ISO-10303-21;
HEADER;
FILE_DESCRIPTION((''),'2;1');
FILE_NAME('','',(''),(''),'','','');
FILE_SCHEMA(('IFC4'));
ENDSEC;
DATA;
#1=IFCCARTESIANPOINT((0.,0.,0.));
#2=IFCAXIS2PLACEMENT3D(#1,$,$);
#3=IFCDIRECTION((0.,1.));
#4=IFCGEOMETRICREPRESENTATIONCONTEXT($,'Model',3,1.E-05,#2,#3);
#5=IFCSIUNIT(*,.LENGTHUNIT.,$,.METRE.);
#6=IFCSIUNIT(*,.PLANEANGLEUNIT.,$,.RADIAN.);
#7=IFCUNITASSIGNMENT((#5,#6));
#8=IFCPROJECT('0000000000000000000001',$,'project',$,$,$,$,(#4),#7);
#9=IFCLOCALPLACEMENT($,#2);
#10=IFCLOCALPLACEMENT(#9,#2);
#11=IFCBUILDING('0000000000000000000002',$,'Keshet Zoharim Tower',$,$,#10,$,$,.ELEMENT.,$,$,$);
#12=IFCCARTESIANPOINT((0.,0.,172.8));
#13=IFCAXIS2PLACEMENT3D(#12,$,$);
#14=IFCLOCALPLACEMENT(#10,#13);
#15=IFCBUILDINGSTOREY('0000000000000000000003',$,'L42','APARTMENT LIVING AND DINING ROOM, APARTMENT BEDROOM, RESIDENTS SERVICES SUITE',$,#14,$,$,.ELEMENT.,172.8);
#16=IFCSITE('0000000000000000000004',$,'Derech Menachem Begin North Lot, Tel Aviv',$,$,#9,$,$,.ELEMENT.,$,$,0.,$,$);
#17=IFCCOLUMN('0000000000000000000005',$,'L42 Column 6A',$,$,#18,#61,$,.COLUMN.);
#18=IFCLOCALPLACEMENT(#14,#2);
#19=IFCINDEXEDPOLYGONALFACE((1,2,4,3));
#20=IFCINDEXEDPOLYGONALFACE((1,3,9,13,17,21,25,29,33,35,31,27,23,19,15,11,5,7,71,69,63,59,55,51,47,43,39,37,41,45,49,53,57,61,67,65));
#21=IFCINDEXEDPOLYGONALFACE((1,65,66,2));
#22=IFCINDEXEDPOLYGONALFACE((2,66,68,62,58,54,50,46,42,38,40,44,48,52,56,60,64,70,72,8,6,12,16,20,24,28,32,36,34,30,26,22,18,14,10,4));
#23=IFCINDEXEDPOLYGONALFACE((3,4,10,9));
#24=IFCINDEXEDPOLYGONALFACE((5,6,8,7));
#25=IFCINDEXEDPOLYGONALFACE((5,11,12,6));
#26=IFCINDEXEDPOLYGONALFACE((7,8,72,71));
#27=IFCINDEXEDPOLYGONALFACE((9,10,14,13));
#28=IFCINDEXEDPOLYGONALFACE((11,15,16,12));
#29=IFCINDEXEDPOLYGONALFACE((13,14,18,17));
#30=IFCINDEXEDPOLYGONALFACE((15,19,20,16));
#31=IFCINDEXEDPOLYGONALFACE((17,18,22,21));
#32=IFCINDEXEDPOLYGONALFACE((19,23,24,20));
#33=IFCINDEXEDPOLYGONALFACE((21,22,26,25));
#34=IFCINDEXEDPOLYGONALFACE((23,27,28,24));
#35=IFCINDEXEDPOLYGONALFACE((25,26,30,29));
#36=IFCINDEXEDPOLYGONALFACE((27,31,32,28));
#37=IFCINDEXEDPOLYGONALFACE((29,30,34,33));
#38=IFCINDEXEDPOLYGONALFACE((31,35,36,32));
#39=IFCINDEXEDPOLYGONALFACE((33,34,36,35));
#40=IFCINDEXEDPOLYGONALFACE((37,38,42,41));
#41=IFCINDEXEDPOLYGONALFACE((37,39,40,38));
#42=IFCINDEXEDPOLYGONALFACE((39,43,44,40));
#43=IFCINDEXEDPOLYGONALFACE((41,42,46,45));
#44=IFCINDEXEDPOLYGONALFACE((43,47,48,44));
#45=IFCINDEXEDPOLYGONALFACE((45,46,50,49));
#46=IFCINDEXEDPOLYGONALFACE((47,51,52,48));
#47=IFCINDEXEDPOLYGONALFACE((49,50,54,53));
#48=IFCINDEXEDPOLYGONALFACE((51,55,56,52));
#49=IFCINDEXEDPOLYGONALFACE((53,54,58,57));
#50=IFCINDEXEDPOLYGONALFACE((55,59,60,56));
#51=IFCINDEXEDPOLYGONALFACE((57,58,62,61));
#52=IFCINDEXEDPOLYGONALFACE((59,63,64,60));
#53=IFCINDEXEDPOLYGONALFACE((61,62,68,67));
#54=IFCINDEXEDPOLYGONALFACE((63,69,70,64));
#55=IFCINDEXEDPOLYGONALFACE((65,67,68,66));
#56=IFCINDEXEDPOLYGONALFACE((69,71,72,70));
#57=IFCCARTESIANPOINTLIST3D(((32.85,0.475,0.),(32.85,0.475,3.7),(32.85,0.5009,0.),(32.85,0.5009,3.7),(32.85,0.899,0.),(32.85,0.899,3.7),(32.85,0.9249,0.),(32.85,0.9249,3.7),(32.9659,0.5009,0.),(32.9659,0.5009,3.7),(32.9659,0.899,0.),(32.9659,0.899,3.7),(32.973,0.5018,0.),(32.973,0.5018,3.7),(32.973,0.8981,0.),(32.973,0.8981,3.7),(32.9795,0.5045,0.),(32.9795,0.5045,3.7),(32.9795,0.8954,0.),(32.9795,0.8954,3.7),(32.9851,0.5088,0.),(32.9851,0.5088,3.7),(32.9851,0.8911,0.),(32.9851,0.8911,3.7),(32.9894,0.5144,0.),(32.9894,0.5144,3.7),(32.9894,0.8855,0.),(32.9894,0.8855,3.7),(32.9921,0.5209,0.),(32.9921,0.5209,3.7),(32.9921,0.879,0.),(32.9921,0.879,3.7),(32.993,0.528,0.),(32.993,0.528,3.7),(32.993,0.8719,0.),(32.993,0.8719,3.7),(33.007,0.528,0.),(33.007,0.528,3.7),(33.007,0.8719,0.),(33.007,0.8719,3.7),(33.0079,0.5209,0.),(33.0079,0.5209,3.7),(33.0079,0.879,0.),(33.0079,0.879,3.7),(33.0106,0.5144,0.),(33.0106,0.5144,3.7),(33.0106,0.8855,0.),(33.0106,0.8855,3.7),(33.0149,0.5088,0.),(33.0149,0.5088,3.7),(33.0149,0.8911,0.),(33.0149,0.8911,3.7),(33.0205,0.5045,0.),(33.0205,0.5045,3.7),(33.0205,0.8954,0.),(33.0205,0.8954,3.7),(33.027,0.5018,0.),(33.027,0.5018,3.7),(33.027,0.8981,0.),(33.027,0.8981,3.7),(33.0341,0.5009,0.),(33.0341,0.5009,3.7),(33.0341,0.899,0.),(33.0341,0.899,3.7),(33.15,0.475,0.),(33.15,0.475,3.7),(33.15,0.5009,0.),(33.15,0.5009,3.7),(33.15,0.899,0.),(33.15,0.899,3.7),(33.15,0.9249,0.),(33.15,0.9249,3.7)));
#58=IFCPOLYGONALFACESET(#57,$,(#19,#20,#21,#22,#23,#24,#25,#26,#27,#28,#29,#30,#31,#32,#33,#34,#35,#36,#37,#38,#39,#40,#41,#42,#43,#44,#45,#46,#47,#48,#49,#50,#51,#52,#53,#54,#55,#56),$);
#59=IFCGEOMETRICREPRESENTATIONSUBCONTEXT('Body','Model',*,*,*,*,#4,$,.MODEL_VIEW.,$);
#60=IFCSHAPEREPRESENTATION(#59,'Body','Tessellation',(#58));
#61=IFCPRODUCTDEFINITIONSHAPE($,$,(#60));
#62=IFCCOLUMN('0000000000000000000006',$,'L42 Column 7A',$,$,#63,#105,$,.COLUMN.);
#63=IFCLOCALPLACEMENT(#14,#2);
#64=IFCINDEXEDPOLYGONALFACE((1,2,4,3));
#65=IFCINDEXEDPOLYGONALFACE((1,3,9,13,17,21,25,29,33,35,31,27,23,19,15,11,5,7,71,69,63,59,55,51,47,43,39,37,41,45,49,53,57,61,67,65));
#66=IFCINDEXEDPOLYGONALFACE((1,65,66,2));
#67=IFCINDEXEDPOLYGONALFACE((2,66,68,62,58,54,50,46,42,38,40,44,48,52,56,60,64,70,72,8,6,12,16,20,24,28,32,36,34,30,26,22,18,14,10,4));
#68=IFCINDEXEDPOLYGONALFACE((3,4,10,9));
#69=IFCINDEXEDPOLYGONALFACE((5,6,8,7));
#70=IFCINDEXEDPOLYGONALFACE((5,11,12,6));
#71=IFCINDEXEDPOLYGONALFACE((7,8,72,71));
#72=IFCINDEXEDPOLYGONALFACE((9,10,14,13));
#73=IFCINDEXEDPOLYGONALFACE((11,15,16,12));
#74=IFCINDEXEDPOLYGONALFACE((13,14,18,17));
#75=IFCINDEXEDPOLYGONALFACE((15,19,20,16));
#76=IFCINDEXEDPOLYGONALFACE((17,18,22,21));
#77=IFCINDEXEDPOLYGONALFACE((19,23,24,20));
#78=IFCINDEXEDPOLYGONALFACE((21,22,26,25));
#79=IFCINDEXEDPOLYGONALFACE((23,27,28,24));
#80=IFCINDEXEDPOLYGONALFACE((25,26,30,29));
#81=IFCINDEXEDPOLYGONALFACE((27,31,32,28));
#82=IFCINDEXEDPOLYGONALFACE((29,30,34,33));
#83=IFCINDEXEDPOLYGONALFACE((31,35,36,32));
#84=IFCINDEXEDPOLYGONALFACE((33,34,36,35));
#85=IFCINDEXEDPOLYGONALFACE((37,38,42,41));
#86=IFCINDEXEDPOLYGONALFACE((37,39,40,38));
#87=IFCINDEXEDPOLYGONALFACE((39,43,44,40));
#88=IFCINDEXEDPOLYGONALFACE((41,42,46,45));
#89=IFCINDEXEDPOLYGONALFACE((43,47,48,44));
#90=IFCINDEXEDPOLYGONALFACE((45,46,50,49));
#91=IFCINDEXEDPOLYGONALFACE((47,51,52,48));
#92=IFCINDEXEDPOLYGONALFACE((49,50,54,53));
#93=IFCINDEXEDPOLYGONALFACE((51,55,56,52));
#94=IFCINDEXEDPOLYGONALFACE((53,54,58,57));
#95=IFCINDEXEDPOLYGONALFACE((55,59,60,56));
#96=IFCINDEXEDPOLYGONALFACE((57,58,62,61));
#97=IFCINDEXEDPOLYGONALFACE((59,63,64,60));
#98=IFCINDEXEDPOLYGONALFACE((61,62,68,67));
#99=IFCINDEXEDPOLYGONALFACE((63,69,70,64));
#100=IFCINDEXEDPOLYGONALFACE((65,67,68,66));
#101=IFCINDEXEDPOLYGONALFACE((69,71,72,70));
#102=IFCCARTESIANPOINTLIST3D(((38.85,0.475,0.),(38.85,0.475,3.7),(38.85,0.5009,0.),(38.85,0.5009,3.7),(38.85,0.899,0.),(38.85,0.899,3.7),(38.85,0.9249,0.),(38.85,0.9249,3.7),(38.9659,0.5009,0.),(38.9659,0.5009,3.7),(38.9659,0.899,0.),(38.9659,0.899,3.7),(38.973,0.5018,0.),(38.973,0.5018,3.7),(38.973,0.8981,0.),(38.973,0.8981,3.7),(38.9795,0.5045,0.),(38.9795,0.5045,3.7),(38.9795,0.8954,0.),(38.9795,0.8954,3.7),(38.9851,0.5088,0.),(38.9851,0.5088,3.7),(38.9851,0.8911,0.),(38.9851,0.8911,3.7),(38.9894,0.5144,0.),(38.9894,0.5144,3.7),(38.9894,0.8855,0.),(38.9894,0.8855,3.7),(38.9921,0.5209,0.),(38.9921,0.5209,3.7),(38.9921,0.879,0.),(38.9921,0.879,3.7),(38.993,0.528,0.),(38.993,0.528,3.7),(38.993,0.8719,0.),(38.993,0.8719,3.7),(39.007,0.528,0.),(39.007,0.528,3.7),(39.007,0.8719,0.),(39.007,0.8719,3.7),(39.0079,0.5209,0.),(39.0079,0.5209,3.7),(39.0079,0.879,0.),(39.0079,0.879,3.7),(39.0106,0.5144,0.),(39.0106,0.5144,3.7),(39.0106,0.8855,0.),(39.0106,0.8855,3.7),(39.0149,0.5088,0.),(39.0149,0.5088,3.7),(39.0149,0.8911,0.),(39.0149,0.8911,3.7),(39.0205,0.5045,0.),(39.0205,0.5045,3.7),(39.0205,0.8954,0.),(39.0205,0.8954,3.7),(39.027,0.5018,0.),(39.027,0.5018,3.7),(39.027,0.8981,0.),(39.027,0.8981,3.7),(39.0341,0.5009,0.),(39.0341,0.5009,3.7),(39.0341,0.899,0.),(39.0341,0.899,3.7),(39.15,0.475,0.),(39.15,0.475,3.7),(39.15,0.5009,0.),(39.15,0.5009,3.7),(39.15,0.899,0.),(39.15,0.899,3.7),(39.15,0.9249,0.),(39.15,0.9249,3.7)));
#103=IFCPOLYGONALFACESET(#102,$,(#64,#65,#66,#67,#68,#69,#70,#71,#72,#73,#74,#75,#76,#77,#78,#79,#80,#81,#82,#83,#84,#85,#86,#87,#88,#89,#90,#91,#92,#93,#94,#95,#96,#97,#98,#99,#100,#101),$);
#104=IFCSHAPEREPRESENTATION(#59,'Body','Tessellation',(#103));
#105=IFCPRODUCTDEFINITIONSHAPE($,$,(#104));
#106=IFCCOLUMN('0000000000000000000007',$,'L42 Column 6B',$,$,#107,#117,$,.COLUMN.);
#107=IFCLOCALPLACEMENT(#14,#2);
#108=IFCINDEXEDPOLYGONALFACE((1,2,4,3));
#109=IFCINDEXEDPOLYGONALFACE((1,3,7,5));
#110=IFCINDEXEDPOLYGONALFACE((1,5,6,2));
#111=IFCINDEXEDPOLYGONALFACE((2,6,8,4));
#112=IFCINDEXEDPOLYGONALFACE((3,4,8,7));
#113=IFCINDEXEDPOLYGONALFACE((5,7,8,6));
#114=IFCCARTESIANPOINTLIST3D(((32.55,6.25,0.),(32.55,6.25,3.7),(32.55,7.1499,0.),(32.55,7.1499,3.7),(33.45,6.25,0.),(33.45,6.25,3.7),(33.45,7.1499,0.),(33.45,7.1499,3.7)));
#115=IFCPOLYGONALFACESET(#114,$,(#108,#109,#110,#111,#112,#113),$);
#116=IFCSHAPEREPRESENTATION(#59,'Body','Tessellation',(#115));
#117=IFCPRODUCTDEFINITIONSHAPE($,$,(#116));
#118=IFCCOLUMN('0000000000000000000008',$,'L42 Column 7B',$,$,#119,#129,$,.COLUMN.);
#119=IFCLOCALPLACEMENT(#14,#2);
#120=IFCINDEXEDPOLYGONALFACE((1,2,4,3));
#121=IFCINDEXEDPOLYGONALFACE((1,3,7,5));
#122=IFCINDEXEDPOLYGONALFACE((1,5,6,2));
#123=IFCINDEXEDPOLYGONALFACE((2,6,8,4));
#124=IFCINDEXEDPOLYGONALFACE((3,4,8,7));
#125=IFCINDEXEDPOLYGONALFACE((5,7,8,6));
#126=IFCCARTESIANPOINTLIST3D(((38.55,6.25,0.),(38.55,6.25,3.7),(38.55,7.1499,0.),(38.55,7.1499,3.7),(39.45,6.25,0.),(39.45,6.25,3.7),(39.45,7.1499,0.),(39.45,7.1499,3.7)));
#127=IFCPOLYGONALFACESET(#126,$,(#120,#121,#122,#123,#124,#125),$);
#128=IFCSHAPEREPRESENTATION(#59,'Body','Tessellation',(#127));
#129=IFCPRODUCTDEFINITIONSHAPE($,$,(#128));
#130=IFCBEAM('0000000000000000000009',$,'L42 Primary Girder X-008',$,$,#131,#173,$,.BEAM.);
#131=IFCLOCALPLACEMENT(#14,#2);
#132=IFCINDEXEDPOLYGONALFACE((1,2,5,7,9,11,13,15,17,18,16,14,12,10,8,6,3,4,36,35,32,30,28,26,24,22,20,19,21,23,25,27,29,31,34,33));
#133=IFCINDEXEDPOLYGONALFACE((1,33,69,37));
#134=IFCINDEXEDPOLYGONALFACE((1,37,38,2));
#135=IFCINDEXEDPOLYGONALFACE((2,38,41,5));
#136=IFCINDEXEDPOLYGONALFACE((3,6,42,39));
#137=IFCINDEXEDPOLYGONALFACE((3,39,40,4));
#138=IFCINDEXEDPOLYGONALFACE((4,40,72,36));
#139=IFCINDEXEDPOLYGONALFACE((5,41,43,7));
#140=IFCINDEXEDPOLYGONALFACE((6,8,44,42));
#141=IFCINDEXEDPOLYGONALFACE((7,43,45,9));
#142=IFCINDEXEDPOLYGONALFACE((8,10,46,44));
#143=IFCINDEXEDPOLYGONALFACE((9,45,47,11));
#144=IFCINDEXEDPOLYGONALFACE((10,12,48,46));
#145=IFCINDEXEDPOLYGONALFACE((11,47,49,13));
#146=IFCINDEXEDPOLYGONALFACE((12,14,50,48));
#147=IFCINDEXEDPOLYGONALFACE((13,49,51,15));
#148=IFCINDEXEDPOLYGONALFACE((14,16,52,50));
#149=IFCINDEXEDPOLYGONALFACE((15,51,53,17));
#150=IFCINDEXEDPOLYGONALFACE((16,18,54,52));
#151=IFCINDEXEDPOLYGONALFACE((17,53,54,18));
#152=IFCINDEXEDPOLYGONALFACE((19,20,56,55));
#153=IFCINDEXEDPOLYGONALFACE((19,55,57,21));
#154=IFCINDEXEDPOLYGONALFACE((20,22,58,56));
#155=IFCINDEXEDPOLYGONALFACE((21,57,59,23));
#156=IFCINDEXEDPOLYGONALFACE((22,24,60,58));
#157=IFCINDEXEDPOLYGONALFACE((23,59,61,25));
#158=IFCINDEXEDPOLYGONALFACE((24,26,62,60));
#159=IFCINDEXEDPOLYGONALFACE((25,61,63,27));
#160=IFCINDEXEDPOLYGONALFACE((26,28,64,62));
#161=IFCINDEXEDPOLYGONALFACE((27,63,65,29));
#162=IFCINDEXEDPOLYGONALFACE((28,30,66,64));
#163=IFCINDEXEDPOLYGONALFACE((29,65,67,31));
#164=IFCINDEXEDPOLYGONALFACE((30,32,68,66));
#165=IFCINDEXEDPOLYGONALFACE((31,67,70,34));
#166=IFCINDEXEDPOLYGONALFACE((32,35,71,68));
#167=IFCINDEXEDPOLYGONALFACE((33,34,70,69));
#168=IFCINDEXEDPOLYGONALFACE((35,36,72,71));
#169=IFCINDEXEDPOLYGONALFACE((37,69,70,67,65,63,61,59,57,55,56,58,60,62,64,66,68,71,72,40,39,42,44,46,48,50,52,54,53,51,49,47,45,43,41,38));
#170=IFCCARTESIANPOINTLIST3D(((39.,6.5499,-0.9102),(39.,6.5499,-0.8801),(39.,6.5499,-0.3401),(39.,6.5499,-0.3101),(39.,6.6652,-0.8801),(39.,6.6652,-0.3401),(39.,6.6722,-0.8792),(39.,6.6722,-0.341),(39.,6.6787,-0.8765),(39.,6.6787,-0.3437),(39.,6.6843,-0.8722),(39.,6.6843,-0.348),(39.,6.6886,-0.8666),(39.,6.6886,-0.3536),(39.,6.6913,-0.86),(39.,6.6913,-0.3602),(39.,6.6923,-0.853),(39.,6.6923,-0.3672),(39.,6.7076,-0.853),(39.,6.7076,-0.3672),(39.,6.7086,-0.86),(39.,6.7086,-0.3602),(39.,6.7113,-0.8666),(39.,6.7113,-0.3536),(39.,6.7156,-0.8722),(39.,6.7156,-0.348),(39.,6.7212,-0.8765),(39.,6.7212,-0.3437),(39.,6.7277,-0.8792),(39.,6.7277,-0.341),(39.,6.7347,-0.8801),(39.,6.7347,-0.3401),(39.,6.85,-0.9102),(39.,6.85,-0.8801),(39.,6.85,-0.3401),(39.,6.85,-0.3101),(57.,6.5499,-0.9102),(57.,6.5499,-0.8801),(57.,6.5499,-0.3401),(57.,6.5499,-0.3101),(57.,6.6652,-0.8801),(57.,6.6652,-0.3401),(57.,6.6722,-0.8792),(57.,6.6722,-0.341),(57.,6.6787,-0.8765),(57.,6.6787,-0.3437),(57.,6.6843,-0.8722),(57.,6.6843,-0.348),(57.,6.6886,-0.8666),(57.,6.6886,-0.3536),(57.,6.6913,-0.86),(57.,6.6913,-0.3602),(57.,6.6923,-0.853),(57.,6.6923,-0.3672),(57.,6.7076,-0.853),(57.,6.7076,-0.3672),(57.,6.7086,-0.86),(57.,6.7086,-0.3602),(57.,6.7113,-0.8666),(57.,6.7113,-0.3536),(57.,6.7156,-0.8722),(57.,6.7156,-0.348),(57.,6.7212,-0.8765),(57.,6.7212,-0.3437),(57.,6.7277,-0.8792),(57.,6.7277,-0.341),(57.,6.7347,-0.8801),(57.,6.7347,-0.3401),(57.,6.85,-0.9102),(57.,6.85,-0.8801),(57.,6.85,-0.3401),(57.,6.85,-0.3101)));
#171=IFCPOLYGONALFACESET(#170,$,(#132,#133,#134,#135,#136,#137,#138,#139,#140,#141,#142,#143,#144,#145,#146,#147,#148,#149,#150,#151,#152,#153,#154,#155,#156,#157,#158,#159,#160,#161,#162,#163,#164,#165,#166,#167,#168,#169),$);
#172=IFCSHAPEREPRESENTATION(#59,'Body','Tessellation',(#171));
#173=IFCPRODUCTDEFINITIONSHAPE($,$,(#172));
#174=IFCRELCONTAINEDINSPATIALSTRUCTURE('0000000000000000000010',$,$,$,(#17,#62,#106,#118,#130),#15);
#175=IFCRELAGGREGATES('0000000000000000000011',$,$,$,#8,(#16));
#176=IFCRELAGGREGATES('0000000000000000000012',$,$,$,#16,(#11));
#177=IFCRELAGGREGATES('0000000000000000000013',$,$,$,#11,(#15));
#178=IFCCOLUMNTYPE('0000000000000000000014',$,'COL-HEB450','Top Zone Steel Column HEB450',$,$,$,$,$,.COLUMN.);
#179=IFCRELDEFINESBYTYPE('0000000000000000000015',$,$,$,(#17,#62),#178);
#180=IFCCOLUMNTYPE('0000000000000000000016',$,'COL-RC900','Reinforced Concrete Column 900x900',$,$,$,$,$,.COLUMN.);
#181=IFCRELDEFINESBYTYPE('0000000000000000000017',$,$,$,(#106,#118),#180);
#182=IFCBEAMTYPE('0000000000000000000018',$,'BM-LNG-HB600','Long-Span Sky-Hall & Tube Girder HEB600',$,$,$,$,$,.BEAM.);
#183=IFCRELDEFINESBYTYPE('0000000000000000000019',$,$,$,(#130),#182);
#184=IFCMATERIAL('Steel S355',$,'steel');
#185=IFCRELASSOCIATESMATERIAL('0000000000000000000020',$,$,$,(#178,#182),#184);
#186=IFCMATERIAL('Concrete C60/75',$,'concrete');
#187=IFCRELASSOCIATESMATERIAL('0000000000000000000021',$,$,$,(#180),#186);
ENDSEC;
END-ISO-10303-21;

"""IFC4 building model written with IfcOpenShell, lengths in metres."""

from ifc_helpers import new_model, si_unit, direction, frame, origin, origin_2d, place, context, subcontext, project, spatial, rectangle, i_section, extrude, material, material_profile, profile_set, type_object, element, save


model = new_model("IFC4")

# Units and contexts
model_context = context("Model", 3, precision=1e-05, world=origin(), true_north=direction((0.0, 1.0)))
body_context = subcontext(model_context, "Body", "Model", "MODEL_VIEW")
ifc_project = project(units=[si_unit("LENGTHUNIT", "METRE"), si_unit("PLANEANGLEUNIT", "RADIAN")], contexts=[model_context])

# Site, building, storey
site_placement = place(None, origin())
site = spatial("IfcSite", under=ifc_project, at=site_placement, Name="Derech Menachem Begin North Lot, Tel Aviv", CompositionType="ELEMENT", RefElevation=0.0)
building_placement = place(site_placement, origin())
building = spatial("IfcBuilding", under=site, at=building_placement, Name="Keshet Zoharim Tower", CompositionType="ELEMENT")
storey_placement = place(building_placement, frame((0.0, 0.0, 172.8)))
storey = spatial("IfcBuildingStorey", under=building, at=storey_placement, Name="L42", Description="APARTMENT LIVING AND DINING ROOM, APARTMENT BEDROOM, RESIDENTS SERVICES SUITE", CompositionType="ELEMENT", Elevation=172.8)

# Columns
ifc_material_1 = material(Name="Steel S355", Category="steel")
ifc_material_profile_1 = material_profile(ifc_material_1, i_section(OverallWidth=0.3, OverallDepth=0.45, WebThickness=0.0139, FlangeThickness=0.0259, FilletRadius=0.0271, at=origin_2d()), Name="HEB450")
ifc_profile_set_1 = profile_set([ifc_material_profile_1], Name="Steel S355")
column_type_1 = type_object("IfcColumnType", Name="COL-HEB450", Description="Top Zone Steel Column HEB450", PredefinedType="COLUMN", material=ifc_profile_set_1)
for number, where, z_axis, x_axis, name in (
    (1, (33.0, 0.7, 0.0), (0.0, 0.0, 1.0), (1.0, 0.0, 0.0), "L42 Column 6A"),
    (2, (39.0, 0.7, 0.0), (0.0, 0.0, 1.0), (1.0, 0.0, 0.0), "L42 Column 7A"),
):
    element("IfcColumn", number, at=place(storey_placement, frame(where, z_axis=z_axis, x_axis=x_axis)), inside=storey, type_object=column_type_1, Name=name, PredefinedType="COLUMN", context=body_context, shape_type="SweptSolid", body=[
        extrude(i_section(OverallWidth=0.3, OverallDepth=0.45, WebThickness=0.0139, FlangeThickness=0.0259, FilletRadius=0.0271, at=origin_2d()), origin(), (0.0, 0.0, 1.0), 3.7),
    ])
ifc_material_2 = material(Name="Concrete C60/75", Category="concrete")
ifc_material_profile_2 = material_profile(ifc_material_2, rectangle(XDim=0.8999, YDim=0.8999, at=origin_2d()), Name="RC900x900")
ifc_profile_set_2 = profile_set([ifc_material_profile_2], Name="Concrete C60/75")
column_type_2 = type_object("IfcColumnType", Name="COL-RC900", Description="Reinforced Concrete Column 900x900", PredefinedType="COLUMN", material=ifc_profile_set_2)
for number, where, z_axis, x_axis, name in (
    (3, (33.0, 6.7, 0.0), (0.0, 0.0, 1.0), (1.0, 0.0, 0.0), "L42 Column 6B"),
    (4, (39.0, 6.7, 0.0), (0.0, 0.0, 1.0), (1.0, 0.0, 0.0), "L42 Column 7B"),
):
    element("IfcColumn", number, at=place(storey_placement, frame(where, z_axis=z_axis, x_axis=x_axis)), inside=storey, type_object=column_type_2, Name=name, PredefinedType="COLUMN", context=body_context, shape_type="SweptSolid", body=[
        extrude(rectangle(XDim=0.8999, YDim=0.8999, at=origin_2d()), origin(), (0.0, 0.0, 1.0), 3.7),
    ])

# Beam
ifc_material_profile_3 = material_profile(ifc_material_1, i_section(OverallWidth=0.3, OverallDepth=0.6001, WebThickness=0.0154, FlangeThickness=0.03, FilletRadius=0.0271, at=origin_2d()), Name="HEB600")
ifc_profile_set_3 = profile_set([ifc_material_profile_3], Name="Steel S355")
beam_type_1 = type_object("IfcBeamType", Name="BM-LNG-HB600", Description="Long-Span Sky-Hall & Tube Girder HEB600", PredefinedType="BEAM", material=ifc_profile_set_3)
beam_placement = place(storey_placement, frame((39.0, 6.7, -0.6101), z_axis=(1.0, 0.0, 0.0), x_axis=(0.0, 1.0, 0.0)))
element("IfcBeam", 5, at=beam_placement, inside=storey, type_object=beam_type_1, Name="L42 Primary Girder X-008", PredefinedType="BEAM", context=body_context, shape_type="SweptSolid", body=[
    extrude(i_section(OverallWidth=0.3, OverallDepth=0.6001, WebThickness=0.0154, FlangeThickness=0.03, FilletRadius=0.0271, at=origin_2d()), origin(), (0.0, 0.0, 1.0), 18.0),
])

save(model, "model.ifc")
